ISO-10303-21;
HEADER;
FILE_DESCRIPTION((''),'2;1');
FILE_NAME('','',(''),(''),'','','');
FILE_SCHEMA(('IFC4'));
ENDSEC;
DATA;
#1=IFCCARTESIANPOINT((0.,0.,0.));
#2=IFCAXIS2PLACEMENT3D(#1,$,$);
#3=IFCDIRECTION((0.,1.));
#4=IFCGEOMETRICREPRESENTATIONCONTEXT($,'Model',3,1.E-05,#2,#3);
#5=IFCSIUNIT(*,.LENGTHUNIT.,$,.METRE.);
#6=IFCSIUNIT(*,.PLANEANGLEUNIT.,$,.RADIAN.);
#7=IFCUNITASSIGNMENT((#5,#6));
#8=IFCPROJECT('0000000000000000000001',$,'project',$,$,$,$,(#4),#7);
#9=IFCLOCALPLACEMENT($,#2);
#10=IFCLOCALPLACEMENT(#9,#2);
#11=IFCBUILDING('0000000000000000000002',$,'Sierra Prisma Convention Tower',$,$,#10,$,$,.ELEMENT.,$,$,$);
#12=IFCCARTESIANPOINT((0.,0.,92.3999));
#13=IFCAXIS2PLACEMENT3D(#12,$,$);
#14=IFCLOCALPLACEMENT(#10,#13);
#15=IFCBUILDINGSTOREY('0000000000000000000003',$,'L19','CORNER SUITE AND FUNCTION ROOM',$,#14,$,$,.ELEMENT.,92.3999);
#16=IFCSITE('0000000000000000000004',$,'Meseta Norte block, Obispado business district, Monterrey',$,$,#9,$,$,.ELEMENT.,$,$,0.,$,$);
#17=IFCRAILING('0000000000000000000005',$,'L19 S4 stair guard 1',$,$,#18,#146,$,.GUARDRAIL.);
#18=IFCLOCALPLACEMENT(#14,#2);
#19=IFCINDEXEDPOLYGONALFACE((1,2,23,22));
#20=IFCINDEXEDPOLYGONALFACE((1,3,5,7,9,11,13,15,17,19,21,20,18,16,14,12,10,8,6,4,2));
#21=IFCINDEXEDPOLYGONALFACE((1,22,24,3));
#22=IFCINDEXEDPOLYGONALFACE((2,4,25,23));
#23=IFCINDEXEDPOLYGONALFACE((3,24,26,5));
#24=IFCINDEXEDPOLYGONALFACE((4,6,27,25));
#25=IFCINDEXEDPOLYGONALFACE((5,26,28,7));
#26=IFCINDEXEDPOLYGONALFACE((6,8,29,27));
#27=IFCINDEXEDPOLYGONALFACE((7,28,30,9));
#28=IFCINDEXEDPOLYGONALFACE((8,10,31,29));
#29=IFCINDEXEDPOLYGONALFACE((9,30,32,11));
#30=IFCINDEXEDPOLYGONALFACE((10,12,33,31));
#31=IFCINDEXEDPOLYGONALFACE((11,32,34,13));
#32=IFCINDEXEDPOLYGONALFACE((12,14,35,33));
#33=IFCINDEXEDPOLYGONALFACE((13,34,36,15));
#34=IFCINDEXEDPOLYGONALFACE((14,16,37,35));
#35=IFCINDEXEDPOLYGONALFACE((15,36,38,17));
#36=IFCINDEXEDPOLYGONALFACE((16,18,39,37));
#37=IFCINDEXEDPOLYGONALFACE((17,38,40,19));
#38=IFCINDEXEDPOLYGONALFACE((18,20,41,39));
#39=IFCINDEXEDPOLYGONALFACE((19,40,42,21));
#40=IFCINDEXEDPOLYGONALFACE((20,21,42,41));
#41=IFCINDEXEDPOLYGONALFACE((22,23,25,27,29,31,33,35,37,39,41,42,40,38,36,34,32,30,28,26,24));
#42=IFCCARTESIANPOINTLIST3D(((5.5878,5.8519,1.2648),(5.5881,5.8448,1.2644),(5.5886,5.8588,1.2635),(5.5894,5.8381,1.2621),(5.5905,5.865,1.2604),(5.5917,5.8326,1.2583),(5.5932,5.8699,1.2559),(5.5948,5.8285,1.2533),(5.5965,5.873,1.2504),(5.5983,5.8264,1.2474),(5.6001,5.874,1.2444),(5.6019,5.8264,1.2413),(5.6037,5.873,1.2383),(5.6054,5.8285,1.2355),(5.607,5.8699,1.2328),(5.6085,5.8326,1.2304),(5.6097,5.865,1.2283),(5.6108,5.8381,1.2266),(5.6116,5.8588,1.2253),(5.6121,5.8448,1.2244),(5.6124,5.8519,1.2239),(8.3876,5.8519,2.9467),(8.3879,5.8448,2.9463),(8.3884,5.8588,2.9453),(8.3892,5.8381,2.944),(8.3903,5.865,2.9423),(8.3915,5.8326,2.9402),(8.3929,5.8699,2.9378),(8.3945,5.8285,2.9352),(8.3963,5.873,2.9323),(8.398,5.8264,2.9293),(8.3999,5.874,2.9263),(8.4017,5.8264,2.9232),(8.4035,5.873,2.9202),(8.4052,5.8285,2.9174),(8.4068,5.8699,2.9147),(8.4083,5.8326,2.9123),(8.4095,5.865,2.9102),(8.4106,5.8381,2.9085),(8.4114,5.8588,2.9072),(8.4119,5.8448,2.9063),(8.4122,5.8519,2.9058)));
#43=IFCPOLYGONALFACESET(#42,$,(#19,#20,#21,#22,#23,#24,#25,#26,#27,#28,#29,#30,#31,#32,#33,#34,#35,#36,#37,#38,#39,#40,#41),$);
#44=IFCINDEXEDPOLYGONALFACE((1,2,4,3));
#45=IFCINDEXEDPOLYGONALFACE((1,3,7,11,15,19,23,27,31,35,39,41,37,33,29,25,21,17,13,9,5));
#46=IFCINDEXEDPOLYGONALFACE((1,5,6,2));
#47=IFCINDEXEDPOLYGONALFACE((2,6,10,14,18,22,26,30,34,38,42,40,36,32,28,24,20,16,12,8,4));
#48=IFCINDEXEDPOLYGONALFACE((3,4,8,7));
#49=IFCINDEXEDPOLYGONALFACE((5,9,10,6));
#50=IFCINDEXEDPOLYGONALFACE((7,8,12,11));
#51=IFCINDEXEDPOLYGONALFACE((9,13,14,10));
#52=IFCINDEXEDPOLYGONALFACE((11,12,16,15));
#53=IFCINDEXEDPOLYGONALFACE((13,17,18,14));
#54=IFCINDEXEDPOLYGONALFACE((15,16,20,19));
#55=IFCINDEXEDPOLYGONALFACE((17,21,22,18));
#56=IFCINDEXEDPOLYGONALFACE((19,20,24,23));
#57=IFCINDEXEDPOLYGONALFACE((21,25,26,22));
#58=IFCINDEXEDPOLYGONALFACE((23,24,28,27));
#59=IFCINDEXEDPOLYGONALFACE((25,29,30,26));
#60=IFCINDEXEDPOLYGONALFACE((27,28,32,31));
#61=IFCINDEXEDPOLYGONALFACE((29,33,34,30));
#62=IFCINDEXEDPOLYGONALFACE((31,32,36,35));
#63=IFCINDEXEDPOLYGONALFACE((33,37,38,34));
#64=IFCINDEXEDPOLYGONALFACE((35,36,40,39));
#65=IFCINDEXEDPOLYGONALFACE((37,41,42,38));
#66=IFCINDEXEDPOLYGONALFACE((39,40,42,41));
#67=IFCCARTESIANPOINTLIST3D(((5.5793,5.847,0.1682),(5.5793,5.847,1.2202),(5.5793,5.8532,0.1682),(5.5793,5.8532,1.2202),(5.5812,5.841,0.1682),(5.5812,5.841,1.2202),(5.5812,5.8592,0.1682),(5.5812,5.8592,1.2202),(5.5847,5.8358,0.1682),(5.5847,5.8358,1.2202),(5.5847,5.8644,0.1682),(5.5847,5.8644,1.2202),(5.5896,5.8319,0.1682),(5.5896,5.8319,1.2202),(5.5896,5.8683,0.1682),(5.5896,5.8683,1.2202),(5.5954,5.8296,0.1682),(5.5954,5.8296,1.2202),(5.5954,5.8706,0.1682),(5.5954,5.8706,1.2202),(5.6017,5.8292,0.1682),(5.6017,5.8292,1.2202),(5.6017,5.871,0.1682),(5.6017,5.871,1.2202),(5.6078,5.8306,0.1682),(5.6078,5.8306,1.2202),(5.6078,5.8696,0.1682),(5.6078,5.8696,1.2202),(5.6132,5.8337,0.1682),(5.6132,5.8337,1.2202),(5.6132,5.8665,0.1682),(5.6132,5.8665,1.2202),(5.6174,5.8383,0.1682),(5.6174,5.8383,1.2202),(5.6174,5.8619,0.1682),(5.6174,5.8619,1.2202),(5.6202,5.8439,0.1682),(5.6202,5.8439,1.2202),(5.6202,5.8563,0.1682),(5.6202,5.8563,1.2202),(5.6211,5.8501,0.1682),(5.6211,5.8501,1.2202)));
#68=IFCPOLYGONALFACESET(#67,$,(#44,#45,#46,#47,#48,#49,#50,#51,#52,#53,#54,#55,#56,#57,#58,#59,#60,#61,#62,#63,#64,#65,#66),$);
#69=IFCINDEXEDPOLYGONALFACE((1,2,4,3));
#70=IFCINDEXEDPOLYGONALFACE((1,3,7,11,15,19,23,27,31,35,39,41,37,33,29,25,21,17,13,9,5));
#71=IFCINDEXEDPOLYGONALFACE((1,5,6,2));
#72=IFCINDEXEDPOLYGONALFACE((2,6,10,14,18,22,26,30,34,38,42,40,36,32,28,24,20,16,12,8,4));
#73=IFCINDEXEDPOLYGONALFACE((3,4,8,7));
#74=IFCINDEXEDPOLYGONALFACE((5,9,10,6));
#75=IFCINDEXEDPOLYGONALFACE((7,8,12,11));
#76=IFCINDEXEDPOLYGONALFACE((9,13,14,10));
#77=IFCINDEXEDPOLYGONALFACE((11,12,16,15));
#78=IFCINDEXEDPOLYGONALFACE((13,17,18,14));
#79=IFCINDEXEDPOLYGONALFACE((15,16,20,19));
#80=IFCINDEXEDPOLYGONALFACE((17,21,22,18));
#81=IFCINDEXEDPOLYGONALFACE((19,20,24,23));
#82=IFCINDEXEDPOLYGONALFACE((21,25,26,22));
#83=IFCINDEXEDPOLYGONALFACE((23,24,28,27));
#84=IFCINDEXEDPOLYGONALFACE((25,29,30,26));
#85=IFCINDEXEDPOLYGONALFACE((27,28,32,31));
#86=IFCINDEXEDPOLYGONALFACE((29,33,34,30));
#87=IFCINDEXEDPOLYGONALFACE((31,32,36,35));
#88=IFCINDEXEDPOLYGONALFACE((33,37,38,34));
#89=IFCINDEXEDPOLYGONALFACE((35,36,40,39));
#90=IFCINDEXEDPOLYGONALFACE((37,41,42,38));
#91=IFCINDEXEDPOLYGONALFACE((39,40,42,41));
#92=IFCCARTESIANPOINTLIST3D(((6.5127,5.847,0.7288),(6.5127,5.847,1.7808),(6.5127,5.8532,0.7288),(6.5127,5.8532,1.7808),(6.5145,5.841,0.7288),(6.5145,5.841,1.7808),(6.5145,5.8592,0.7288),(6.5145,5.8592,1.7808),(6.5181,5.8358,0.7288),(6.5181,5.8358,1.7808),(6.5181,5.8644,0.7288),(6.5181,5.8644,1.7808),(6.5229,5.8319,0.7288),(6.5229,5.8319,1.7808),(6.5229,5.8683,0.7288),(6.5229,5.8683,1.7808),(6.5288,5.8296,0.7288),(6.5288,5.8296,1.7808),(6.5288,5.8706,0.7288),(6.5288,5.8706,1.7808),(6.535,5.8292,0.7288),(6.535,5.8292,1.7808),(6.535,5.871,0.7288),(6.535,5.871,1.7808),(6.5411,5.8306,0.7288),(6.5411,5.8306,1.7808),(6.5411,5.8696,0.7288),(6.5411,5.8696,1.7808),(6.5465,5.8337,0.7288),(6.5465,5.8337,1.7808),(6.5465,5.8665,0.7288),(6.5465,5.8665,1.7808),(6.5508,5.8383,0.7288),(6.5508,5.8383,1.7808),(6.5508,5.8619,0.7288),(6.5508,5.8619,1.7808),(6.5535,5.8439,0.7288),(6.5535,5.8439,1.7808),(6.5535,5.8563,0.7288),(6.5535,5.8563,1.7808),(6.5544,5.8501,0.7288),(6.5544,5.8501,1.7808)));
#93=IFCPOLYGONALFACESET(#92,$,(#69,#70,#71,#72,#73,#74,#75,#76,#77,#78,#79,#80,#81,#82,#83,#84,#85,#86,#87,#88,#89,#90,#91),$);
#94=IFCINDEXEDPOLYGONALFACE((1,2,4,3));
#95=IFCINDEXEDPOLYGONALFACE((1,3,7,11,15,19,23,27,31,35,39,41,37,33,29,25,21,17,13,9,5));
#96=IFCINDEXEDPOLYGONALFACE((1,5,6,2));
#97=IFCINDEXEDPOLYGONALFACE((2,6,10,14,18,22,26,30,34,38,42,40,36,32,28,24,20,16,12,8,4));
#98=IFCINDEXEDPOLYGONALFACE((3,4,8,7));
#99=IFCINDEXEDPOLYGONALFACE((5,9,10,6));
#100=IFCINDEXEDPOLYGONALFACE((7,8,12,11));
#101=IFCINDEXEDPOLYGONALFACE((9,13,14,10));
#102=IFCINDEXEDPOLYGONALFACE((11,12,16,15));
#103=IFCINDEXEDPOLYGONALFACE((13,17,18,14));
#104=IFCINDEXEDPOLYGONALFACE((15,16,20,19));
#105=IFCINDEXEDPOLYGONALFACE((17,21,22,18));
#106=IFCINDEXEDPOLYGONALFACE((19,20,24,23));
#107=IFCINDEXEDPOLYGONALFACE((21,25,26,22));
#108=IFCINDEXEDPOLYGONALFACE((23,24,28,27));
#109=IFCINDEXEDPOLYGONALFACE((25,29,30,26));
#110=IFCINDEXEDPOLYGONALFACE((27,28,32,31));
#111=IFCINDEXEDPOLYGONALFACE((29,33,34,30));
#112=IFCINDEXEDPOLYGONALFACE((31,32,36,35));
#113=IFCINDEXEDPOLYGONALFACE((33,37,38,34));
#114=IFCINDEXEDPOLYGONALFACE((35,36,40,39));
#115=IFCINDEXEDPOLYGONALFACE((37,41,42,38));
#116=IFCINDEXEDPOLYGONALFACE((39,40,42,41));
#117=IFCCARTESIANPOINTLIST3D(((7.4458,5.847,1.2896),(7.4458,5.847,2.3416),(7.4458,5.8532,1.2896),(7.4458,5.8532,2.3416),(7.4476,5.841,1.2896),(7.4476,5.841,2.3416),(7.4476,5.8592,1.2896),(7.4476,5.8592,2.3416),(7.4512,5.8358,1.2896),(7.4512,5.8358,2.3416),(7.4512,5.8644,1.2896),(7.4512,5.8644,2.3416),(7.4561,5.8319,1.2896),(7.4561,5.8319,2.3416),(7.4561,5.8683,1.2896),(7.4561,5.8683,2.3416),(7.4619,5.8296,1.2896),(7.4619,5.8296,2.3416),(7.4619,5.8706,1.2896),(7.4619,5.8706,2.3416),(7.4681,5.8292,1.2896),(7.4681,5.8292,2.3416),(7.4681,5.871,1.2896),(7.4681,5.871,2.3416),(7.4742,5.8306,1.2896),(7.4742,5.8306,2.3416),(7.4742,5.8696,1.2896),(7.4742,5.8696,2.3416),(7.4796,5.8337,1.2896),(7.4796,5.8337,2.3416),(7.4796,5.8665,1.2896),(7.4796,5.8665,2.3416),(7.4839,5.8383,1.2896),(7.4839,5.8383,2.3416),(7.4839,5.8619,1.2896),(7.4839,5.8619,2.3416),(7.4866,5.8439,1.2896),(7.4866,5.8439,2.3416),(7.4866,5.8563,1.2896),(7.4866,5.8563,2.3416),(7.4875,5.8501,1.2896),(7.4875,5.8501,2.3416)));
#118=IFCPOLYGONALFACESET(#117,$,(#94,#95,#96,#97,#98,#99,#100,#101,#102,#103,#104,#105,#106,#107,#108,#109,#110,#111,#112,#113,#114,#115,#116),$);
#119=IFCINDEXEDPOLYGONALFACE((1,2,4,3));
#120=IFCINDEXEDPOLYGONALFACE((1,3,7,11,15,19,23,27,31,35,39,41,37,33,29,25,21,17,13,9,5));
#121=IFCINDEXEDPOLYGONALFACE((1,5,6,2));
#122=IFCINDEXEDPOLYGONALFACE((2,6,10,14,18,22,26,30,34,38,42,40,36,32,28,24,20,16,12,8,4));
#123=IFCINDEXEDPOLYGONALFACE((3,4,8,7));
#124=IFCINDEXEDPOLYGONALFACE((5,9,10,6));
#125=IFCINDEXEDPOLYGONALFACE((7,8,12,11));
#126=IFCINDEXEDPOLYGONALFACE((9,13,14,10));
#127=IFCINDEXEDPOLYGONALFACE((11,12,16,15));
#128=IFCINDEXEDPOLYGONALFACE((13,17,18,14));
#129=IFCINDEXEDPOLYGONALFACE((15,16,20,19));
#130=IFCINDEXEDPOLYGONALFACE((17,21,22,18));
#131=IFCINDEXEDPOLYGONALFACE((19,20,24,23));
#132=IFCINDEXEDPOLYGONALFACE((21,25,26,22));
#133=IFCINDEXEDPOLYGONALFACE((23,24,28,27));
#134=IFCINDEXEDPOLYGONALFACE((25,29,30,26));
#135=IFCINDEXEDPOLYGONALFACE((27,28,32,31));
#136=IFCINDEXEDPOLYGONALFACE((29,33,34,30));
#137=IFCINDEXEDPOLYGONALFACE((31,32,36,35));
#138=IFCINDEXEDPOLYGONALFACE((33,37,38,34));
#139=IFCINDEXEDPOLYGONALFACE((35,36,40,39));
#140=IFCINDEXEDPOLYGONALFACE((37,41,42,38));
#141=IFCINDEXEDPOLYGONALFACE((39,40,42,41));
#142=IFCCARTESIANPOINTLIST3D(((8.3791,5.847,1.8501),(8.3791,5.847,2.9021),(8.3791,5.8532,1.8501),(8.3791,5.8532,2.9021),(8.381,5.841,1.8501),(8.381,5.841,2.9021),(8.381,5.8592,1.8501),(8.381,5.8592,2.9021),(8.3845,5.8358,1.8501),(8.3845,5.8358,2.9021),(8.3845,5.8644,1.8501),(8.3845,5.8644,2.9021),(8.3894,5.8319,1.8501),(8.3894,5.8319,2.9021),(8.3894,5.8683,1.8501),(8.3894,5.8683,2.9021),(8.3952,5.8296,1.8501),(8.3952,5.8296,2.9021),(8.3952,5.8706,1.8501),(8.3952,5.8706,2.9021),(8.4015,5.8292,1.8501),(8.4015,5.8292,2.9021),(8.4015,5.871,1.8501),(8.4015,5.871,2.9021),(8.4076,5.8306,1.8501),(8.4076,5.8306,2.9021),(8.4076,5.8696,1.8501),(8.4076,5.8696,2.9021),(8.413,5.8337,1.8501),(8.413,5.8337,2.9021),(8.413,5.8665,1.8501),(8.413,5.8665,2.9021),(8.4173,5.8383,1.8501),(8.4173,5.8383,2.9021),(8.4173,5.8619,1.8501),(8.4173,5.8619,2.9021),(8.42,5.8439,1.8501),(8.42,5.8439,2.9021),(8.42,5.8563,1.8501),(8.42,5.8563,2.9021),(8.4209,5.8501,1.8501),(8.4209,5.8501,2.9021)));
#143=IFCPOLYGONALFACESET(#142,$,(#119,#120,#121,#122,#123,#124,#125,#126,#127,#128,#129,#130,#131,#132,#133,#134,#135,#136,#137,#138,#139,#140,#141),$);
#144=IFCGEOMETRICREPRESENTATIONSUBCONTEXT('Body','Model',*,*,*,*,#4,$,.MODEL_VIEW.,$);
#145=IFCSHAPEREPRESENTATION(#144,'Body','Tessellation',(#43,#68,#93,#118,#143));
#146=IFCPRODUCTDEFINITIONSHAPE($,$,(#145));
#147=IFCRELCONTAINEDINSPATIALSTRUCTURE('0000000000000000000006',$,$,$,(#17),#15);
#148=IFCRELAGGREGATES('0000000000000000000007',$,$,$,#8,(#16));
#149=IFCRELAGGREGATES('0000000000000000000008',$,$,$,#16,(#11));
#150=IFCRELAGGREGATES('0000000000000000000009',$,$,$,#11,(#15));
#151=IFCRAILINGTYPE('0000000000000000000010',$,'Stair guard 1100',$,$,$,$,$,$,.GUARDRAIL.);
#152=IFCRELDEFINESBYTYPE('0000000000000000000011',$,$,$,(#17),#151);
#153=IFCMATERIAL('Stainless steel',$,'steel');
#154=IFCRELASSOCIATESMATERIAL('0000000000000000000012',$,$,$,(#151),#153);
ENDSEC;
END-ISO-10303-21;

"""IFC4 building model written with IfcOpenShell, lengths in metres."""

from ifc_helpers import new_model, si_unit, direction, frame, origin, origin_2d, place, context, subcontext, project, spatial, circle, extrude, material, type_object, element, save


model = new_model("IFC4")

# Units and contexts
model_context = context("Model", 3, precision=1e-05, world=origin(), true_north=direction((0.0, 1.0)))
body_context = subcontext(model_context, "Body", "Model", "MODEL_VIEW")
ifc_project = project(units=[si_unit("LENGTHUNIT", "METRE"), si_unit("PLANEANGLEUNIT", "RADIAN")], contexts=[model_context])

# Site, building, storey
site_placement = place(None, origin())
site = spatial("IfcSite", under=ifc_project, at=site_placement, Name="Meseta Norte block, Obispado business district, Monterrey", CompositionType="ELEMENT", RefElevation=0.0)
building_placement = place(site_placement, origin())
building = spatial("IfcBuilding", under=site, at=building_placement, Name="Sierra Prisma Convention Tower", CompositionType="ELEMENT")
storey_placement = place(building_placement, frame((0.0, 0.0, 92.3999)))
storey = spatial("IfcBuildingStorey", under=building, at=storey_placement, Name="L19", Description="CORNER SUITE AND FUNCTION ROOM", CompositionType="ELEMENT", Elevation=92.3999)

# Railing
ifc_material_1 = material(Name="Stainless steel", Category="steel")
railing_type_1 = type_object("IfcRailingType", Name="Stair guard 1100", PredefinedType="GUARDRAIL", material=ifc_material_1)
railing_1_placement = place(storey_placement, frame((5.6001, 5.8501, 0.1682)))
element("IfcRailing", 1, at=railing_1_placement, inside=storey, type_object=railing_type_1, Name="L19 S4 stair guard 1", PredefinedType="GUARDRAIL", context=body_context, shape_type="SweptSolid", body=[
    extrude(circle(Radius=0.0239, at=origin_2d()), frame((0.0, 0.0, 1.0762), z_axis=(0.857222, 0.0, 0.514946), x_axis=(0.0, 1.0, 0.0)), (0.0, 0.0, 1.0), 3.2661),
    extrude(circle(Radius=0.021, at=origin_2d()), origin(), (0.0, 0.0, 1.0), 1.052),
    extrude(circle(Radius=0.021, at=origin_2d()), frame((0.9333, 0.0, 0.5605)), (0.0, 0.0, 1.0), 1.052),
    extrude(circle(Radius=0.021, at=origin_2d()), frame((1.8665, 0.0, 1.1213)), (0.0, 0.0, 1.0), 1.052),
    extrude(circle(Radius=0.021, at=origin_2d()), frame((2.7998, 0.0, 1.6819)), (0.0, 0.0, 1.0), 1.052),
])

save(model, "model.ifc")
